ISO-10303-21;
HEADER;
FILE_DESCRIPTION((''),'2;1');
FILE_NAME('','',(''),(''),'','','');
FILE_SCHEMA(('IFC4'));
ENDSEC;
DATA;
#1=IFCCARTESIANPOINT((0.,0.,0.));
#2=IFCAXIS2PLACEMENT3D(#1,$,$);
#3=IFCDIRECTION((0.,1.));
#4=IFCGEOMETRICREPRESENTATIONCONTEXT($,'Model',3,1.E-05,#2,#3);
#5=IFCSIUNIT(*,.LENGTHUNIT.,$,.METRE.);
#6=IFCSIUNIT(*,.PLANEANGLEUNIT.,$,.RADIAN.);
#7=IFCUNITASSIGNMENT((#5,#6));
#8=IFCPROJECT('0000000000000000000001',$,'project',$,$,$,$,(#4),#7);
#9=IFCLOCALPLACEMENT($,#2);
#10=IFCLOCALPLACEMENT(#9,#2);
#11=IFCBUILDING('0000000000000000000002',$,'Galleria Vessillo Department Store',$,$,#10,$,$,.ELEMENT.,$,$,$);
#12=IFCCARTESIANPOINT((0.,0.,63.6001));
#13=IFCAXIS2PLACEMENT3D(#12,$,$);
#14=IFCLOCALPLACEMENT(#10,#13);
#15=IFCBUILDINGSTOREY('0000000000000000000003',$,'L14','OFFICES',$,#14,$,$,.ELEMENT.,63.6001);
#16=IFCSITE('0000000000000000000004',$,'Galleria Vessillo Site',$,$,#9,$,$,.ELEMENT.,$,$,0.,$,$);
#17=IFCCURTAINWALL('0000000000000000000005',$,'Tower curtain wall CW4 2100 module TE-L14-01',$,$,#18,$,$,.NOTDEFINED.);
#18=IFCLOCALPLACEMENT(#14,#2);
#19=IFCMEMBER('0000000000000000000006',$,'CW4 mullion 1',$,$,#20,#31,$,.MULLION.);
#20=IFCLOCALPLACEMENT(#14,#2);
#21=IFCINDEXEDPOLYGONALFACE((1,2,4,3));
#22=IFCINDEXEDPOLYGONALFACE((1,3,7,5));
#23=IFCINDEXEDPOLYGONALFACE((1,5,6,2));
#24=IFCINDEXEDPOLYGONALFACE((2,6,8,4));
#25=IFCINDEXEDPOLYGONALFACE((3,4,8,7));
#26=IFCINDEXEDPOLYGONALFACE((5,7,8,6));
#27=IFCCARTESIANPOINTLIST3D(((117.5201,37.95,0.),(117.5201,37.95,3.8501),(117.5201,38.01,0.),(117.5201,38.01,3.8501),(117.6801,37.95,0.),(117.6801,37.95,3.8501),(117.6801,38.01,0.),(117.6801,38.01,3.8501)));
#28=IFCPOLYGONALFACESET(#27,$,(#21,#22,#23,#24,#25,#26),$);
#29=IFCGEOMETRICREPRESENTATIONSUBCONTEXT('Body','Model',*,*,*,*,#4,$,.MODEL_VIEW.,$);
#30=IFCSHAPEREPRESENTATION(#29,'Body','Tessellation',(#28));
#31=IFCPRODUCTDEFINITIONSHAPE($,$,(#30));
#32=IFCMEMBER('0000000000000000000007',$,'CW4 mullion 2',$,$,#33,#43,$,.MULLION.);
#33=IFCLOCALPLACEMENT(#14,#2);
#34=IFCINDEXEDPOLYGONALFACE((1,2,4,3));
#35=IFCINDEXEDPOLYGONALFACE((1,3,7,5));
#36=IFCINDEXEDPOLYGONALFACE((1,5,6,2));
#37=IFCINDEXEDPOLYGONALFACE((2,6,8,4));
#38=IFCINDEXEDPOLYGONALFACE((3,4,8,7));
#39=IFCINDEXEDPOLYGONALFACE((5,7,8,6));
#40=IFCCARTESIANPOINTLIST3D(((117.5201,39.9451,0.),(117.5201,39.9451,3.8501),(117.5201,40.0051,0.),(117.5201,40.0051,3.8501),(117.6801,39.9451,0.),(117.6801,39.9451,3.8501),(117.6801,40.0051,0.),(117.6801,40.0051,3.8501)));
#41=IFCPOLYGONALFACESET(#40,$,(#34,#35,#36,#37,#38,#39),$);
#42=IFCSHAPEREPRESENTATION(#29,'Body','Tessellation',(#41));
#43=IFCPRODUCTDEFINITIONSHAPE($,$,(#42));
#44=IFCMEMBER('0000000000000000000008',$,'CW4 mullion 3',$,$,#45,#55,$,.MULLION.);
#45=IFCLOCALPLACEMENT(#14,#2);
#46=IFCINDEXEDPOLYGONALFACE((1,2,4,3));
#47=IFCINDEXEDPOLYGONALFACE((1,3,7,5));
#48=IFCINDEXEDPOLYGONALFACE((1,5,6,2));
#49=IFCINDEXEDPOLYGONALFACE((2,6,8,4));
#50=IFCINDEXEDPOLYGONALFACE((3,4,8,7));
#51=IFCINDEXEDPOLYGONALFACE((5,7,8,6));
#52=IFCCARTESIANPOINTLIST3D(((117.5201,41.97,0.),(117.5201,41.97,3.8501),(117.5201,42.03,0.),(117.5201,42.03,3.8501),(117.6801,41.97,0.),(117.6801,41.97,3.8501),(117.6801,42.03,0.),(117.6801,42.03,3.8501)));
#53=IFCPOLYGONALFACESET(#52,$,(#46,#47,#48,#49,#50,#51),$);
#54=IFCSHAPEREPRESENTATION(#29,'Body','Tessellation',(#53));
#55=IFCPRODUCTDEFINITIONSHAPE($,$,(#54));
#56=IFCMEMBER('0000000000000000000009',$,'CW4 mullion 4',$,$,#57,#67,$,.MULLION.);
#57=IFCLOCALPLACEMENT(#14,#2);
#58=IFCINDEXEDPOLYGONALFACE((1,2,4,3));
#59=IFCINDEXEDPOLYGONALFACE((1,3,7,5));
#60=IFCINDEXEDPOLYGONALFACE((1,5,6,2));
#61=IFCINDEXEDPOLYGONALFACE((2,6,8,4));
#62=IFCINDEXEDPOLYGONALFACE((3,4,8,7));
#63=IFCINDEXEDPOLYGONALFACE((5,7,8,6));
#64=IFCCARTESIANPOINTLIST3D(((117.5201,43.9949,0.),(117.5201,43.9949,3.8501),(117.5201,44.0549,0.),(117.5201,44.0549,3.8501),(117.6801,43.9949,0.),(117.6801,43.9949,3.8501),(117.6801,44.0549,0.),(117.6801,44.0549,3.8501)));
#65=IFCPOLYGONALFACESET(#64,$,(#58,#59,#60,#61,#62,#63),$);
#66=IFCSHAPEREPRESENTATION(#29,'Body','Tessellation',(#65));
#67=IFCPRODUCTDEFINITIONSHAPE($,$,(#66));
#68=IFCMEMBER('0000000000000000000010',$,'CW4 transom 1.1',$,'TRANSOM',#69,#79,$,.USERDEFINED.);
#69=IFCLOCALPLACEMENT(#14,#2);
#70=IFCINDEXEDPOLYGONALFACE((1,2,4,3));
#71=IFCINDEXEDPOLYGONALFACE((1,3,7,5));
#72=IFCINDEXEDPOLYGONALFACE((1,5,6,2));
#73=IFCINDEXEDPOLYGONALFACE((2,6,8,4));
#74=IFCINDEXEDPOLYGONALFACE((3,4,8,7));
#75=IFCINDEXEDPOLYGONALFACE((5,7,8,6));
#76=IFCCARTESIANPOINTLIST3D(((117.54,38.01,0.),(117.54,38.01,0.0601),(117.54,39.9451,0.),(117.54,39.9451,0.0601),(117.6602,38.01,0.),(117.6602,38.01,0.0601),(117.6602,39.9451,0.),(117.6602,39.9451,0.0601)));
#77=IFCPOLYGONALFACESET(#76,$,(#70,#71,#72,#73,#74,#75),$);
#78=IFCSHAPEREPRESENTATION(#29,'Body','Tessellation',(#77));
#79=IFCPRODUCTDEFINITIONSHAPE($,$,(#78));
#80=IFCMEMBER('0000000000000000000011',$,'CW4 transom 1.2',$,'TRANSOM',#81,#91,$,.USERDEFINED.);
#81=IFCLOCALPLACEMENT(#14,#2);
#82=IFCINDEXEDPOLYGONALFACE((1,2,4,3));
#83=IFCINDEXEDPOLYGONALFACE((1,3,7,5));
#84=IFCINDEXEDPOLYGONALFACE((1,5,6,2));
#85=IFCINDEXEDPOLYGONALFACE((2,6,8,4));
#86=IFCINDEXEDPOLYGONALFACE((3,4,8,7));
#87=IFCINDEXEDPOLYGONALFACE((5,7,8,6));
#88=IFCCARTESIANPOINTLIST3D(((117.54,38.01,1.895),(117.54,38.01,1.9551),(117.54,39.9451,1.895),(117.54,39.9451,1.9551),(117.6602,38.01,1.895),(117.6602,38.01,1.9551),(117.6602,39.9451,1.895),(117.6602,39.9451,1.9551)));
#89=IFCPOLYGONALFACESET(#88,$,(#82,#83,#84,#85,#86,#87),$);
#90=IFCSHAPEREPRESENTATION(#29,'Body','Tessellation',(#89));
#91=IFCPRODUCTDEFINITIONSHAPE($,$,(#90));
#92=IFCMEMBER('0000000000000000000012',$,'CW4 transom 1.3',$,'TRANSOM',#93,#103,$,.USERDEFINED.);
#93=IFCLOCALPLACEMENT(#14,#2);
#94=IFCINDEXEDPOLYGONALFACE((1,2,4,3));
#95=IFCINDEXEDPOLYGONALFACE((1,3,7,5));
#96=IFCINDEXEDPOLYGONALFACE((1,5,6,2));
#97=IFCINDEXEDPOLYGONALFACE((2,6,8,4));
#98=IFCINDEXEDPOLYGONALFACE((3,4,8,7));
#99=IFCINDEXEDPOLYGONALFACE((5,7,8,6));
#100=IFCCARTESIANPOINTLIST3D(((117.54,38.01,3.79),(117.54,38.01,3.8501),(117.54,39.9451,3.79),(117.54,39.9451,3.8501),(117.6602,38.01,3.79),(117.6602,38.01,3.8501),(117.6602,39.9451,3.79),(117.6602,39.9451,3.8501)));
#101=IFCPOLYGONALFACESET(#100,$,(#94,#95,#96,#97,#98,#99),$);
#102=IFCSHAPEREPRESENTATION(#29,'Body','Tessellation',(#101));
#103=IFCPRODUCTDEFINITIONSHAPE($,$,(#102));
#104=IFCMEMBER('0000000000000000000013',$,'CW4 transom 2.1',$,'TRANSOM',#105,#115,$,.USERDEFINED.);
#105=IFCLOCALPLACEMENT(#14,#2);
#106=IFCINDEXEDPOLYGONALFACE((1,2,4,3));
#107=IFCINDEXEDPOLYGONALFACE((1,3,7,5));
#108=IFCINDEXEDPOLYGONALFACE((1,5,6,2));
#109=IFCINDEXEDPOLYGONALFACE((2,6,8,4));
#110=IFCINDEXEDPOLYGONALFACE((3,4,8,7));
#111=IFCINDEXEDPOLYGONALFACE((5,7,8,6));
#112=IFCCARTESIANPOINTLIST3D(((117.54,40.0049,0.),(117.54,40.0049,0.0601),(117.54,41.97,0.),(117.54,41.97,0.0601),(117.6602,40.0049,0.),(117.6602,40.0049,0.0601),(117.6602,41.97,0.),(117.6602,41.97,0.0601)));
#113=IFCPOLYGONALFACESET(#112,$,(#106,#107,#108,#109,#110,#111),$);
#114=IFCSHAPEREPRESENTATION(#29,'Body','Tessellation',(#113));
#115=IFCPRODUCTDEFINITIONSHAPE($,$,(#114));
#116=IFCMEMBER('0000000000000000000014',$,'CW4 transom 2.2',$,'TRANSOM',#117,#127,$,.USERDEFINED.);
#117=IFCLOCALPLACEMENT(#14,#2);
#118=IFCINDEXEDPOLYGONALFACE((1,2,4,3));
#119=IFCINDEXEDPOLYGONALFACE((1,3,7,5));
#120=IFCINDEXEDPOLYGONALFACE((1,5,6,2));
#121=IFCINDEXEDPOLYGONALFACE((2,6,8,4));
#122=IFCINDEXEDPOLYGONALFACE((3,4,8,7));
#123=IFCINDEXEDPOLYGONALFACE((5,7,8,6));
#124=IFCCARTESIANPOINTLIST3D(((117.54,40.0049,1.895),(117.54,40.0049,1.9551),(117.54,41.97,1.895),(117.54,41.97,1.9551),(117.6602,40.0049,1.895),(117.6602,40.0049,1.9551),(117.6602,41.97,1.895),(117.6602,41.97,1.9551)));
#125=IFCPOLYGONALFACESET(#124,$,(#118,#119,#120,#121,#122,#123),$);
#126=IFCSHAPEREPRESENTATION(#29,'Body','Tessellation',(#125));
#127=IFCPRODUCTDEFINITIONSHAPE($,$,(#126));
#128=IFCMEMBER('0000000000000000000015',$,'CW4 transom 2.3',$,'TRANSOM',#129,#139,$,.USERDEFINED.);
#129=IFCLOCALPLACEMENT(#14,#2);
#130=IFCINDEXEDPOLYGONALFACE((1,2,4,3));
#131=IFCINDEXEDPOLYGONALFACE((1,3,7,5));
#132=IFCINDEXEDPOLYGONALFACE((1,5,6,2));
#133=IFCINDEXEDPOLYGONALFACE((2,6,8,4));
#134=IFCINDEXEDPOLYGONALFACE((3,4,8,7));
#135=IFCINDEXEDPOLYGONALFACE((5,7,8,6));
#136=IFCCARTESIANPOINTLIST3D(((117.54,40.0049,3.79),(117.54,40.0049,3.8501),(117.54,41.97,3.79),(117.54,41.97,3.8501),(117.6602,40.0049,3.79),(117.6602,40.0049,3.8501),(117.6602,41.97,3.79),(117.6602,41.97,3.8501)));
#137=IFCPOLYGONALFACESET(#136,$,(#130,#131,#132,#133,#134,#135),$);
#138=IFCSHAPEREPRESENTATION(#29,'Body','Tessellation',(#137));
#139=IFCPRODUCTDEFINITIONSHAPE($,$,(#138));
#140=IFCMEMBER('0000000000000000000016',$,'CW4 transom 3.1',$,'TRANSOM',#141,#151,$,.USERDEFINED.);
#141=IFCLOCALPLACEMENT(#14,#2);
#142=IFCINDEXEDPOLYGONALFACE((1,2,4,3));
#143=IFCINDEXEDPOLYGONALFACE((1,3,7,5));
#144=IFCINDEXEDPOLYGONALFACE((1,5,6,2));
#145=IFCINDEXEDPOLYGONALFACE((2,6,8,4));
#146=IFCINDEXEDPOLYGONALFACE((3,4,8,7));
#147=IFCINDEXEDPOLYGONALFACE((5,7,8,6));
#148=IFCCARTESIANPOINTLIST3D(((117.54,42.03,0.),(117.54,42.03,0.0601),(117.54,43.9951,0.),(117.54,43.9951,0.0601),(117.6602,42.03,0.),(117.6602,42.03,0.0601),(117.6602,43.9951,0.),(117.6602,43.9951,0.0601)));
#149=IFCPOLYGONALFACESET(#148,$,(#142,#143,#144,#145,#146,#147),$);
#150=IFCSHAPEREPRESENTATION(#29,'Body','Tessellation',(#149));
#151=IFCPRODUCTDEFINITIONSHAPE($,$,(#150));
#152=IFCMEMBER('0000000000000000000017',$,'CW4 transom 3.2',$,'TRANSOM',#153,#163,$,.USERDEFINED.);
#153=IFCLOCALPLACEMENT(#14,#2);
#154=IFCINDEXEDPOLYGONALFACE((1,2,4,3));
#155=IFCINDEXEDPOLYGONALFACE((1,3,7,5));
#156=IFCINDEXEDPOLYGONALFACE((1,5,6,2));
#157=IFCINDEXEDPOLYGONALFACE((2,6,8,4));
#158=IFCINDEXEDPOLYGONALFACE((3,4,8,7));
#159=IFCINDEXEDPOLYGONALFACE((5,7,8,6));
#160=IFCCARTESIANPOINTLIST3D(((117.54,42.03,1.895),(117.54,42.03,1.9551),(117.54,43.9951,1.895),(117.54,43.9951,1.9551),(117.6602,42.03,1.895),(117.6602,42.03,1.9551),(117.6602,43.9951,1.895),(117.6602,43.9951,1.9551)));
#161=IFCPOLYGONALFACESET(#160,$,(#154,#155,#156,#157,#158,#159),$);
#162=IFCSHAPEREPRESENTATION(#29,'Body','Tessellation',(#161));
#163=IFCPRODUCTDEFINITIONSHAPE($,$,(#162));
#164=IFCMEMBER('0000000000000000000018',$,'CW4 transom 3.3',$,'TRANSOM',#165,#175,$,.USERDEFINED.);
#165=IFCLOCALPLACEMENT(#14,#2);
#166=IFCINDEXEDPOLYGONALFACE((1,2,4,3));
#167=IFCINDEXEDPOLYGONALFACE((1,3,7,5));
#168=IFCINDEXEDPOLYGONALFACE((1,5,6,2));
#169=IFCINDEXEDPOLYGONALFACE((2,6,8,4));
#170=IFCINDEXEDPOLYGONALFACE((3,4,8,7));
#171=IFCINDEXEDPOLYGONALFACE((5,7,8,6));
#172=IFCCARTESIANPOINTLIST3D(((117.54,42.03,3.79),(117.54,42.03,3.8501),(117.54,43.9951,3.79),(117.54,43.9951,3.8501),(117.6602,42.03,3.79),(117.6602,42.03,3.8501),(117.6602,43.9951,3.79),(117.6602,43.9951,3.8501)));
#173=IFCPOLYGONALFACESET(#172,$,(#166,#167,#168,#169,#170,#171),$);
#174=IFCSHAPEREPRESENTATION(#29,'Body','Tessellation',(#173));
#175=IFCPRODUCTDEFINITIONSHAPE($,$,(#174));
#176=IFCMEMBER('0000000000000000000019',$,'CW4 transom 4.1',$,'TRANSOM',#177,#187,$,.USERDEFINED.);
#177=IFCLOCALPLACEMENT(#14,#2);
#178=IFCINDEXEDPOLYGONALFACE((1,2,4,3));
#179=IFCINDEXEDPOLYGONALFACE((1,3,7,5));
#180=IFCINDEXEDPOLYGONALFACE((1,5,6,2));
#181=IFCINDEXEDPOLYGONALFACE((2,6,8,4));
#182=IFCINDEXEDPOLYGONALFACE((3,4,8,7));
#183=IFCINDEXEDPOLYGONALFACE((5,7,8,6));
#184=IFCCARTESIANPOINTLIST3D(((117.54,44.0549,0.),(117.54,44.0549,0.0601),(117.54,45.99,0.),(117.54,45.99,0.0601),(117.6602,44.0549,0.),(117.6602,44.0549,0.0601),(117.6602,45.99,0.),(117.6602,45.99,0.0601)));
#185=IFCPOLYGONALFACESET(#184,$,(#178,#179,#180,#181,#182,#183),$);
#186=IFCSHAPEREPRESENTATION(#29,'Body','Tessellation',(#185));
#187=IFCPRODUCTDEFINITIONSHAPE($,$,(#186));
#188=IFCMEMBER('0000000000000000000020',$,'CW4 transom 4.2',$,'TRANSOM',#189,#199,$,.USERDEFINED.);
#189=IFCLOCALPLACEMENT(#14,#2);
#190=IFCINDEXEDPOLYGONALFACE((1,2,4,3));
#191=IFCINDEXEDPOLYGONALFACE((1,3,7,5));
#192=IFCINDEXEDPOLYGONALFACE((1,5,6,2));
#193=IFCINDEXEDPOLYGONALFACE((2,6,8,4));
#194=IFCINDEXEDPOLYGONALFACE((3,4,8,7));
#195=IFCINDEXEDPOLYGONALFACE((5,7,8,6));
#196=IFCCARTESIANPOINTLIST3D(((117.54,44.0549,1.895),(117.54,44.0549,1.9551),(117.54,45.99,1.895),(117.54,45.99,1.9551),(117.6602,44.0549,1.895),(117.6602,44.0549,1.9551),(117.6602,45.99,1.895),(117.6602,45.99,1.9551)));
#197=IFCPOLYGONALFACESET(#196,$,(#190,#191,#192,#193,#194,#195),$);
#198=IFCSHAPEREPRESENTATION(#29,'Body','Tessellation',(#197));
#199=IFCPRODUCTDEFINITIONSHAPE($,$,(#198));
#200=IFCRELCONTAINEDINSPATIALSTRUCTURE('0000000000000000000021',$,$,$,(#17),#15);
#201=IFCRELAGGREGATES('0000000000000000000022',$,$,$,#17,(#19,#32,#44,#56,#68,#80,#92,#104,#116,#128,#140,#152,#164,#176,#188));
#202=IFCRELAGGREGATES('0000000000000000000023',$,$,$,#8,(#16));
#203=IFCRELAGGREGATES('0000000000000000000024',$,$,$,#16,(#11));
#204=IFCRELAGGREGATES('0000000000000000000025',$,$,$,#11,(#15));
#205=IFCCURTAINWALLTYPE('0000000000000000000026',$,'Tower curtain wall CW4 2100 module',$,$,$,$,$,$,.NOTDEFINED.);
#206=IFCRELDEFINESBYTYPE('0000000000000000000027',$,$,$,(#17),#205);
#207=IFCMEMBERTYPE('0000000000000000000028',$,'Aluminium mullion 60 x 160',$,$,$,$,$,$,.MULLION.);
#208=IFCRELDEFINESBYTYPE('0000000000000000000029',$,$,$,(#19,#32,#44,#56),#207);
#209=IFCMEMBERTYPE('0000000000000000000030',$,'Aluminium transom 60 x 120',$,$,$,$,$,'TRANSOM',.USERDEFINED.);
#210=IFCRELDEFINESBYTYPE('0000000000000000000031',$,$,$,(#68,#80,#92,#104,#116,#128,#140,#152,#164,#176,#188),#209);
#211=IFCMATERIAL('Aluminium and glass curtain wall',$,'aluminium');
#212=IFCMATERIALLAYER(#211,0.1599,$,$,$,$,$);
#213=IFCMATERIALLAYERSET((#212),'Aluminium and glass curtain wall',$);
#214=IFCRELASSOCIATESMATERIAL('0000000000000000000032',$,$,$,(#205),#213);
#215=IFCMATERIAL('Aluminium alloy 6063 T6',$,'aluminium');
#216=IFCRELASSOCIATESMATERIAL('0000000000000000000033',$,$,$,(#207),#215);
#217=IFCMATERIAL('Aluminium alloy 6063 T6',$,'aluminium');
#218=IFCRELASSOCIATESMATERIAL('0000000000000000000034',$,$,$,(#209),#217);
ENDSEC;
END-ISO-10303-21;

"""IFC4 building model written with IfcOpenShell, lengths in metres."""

from ifc_helpers import new_model, si_unit, direction, frame, origin, origin_2d, place, context, subcontext, project, spatial, rectangle, extrude, material, layer, layer_set, material_profile, profile_set, type_object, element, aggregate, save


model = new_model("IFC4")

# Units and contexts
model_context = context("Model", 3, precision=1e-05, world=origin(), true_north=direction((0.0, 1.0)))
body_context = subcontext(model_context, "Body", "Model", "MODEL_VIEW")
ifc_project = project(units=[si_unit("LENGTHUNIT", "METRE"), si_unit("PLANEANGLEUNIT", "RADIAN")], contexts=[model_context])

# Site, building, storey
site_placement = place(None, origin())
site = spatial("IfcSite", under=ifc_project, at=site_placement, Name="Galleria Vessillo Site", CompositionType="ELEMENT", RefElevation=0.0)
building_placement = place(site_placement, origin())
building = spatial("IfcBuilding", under=site, at=building_placement, Name="Galleria Vessillo Department Store", CompositionType="ELEMENT")
storey_placement = place(building_placement, frame((0.0, 0.0, 63.6001)))
storey = spatial("IfcBuildingStorey", under=building, at=storey_placement, Name="L14", Description="OFFICES", CompositionType="ELEMENT", Elevation=63.6001)

# Curtain wall, members
ifc_material_1 = material(Name="Aluminium and glass curtain wall", Category="aluminium")
ifc_layer_1 = layer(ifc_material_1, 0.1599)
ifc_layer_set_1 = layer_set([ifc_layer_1], Name="Aluminium and glass curtain wall")
curtain_wall_type = type_object("IfcCurtainWallType", Name="Tower curtain wall CW4 2100 module", PredefinedType="NOTDEFINED", material=ifc_layer_set_1)
curtain_wall_placement = place(storey_placement, origin())
curtain_wall = element("IfcCurtainWall", 1, at=curtain_wall_placement, inside=storey, type_object=curtain_wall_type, Name="Tower curtain wall CW4 2100 module TE-L14-01", PredefinedType="NOTDEFINED")
ifc_material_2 = material(Name="Aluminium alloy 6063 T6", Category="aluminium")
ifc_material_profile_1 = material_profile(ifc_material_2, rectangle(XDim=0.1599, YDim=0.0601, at=origin_2d()), Name="AL 60x160")
ifc_profile_set_1 = profile_set([ifc_material_profile_1], Name="Aluminium alloy 6063 T6")
member_type_1 = type_object("IfcMemberType", Name="Aluminium mullion 60 x 160", PredefinedType="MULLION", material=ifc_profile_set_1)
member_1_placement = place(storey_placement, frame((117.6001, 37.98, 0.0), z_axis=(0.0, 0.0, 1.0), x_axis=(-1.0, 0.0, 0.0)))
member_1 = element("IfcMember", 2, at=member_1_placement, type_object=member_type_1, Name="CW4 mullion 1", PredefinedType="MULLION", context=body_context, shape_type="SweptSolid", body=[
    extrude(rectangle(XDim=0.1599, YDim=0.0601, at=origin_2d()), origin(), (0.0, 0.0, 1.0), 3.8501),
])
member_2_placement = place(storey_placement, frame((117.6001, 39.9751, 0.0), z_axis=(0.0, 0.0, 1.0), x_axis=(-1.0, 0.0, 0.0)))
member_2 = element("IfcMember", 3, at=member_2_placement, type_object=member_type_1, Name="CW4 mullion 2", PredefinedType="MULLION", context=body_context, shape_type="SweptSolid", body=[
    extrude(rectangle(XDim=0.1599, YDim=0.0601, at=origin_2d()), origin(), (0.0, 0.0, 1.0), 3.8501),
])
member_3_placement = place(storey_placement, frame((117.6001, 42.0, 0.0), z_axis=(0.0, 0.0, 1.0), x_axis=(-1.0, 0.0, 0.0)))
member_3 = element("IfcMember", 4, at=member_3_placement, type_object=member_type_1, Name="CW4 mullion 3", PredefinedType="MULLION", context=body_context, shape_type="SweptSolid", body=[
    extrude(rectangle(XDim=0.1599, YDim=0.0601, at=origin_2d()), origin(), (0.0, 0.0, 1.0), 3.8501),
])
member_4_placement = place(storey_placement, frame((117.6001, 44.0249, 0.0), z_axis=(0.0, 0.0, 1.0), x_axis=(-1.0, 0.0, 0.0)))
member_4 = element("IfcMember", 5, at=member_4_placement, type_object=member_type_1, Name="CW4 mullion 4", PredefinedType="MULLION", context=body_context, shape_type="SweptSolid", body=[
    extrude(rectangle(XDim=0.1599, YDim=0.0601, at=origin_2d()), origin(), (0.0, 0.0, 1.0), 3.8501),
])
ifc_material_3 = material(Name="Aluminium alloy 6063 T6", Category="aluminium")
ifc_material_profile_2 = material_profile(ifc_material_3, rectangle(XDim=0.1201, YDim=0.0601, at=origin_2d()), Name="AL 60x120")
ifc_profile_set_2 = profile_set([ifc_material_profile_2], Name="Aluminium alloy 6063 T6")
member_type_2 = type_object("IfcMemberType", Name="Aluminium transom 60 x 120", ElementType="TRANSOM", PredefinedType="USERDEFINED", material=ifc_profile_set_2)
member_5_placement = place(storey_placement, frame((117.6001, 38.01, 0.03), z_axis=(0.0, 1.0, 0.0), x_axis=(-1.0, 0.0, 0.0)))
member_5 = element("IfcMember", 6, at=member_5_placement, type_object=member_type_2, Name="CW4 transom 1.1", ObjectType="TRANSOM", PredefinedType="USERDEFINED", context=body_context, shape_type="SweptSolid", body=[
    extrude(rectangle(XDim=0.1201, YDim=0.0601, at=origin_2d()), origin(), (0.0, 0.0, 1.0), 1.9351),
])
member_6_placement = place(storey_placement, frame((117.6001, 38.01, 1.925), z_axis=(0.0, 1.0, 0.0), x_axis=(-1.0, 0.0, 0.0)))
member_6 = element("IfcMember", 7, at=member_6_placement, type_object=member_type_2, Name="CW4 transom 1.2", ObjectType="TRANSOM", PredefinedType="USERDEFINED", context=body_context, shape_type="SweptSolid", body=[
    extrude(rectangle(XDim=0.1201, YDim=0.0601, at=origin_2d()), origin(), (0.0, 0.0, 1.0), 1.9351),
])
member_7_placement = place(storey_placement, frame((117.6001, 38.01, 3.8201), z_axis=(0.0, 1.0, 0.0), x_axis=(-1.0, 0.0, 0.0)))
member_7 = element("IfcMember", 8, at=member_7_placement, type_object=member_type_2, Name="CW4 transom 1.3", ObjectType="TRANSOM", PredefinedType="USERDEFINED", context=body_context, shape_type="SweptSolid", body=[
    extrude(rectangle(XDim=0.1201, YDim=0.0601, at=origin_2d()), origin(), (0.0, 0.0, 1.0), 1.9351),
])
member_8_placement = place(storey_placement, frame((117.6001, 40.0049, 0.03), z_axis=(0.0, 1.0, 0.0), x_axis=(-1.0, 0.0, 0.0)))
member_8 = element("IfcMember", 9, at=member_8_placement, type_object=member_type_2, Name="CW4 transom 2.1", ObjectType="TRANSOM", PredefinedType="USERDEFINED", context=body_context, shape_type="SweptSolid", body=[
    extrude(rectangle(XDim=0.1201, YDim=0.0601, at=origin_2d()), origin(), (0.0, 0.0, 1.0), 1.9651),
])
member_9_placement = place(storey_placement, frame((117.6001, 40.0049, 1.925), z_axis=(0.0, 1.0, 0.0), x_axis=(-1.0, 0.0, 0.0)))
member_9 = element("IfcMember", 10, at=member_9_placement, type_object=member_type_2, Name="CW4 transom 2.2", ObjectType="TRANSOM", PredefinedType="USERDEFINED", context=body_context, shape_type="SweptSolid", body=[
    extrude(rectangle(XDim=0.1201, YDim=0.0601, at=origin_2d()), origin(), (0.0, 0.0, 1.0), 1.9651),
])
member_10_placement = place(storey_placement, frame((117.6001, 40.0049, 3.8201), z_axis=(0.0, 1.0, 0.0), x_axis=(-1.0, 0.0, 0.0)))
member_10 = element("IfcMember", 11, at=member_10_placement, type_object=member_type_2, Name="CW4 transom 2.3", ObjectType="TRANSOM", PredefinedType="USERDEFINED", context=body_context, shape_type="SweptSolid", body=[
    extrude(rectangle(XDim=0.1201, YDim=0.0601, at=origin_2d()), origin(), (0.0, 0.0, 1.0), 1.9651),
])
member_11_placement = place(storey_placement, frame((117.6001, 42.03, 0.03), z_axis=(0.0, 1.0, 0.0), x_axis=(-1.0, 0.0, 0.0)))
member_11 = element("IfcMember", 12, at=member_11_placement, type_object=member_type_2, Name="CW4 transom 3.1", ObjectType="TRANSOM", PredefinedType="USERDEFINED", context=body_context, shape_type="SweptSolid", body=[
    extrude(rectangle(XDim=0.1201, YDim=0.0601, at=origin_2d()), origin(), (0.0, 0.0, 1.0), 1.9651),
])
member_12_placement = place(storey_placement, frame((117.6001, 42.03, 1.925), z_axis=(0.0, 1.0, 0.0), x_axis=(-1.0, 0.0, 0.0)))
member_12 = element("IfcMember", 13, at=member_12_placement, type_object=member_type_2, Name="CW4 transom 3.2", ObjectType="TRANSOM", PredefinedType="USERDEFINED", context=body_context, shape_type="SweptSolid", body=[
    extrude(rectangle(XDim=0.1201, YDim=0.0601, at=origin_2d()), origin(), (0.0, 0.0, 1.0), 1.9651),
])
member_13_placement = place(storey_placement, frame((117.6001, 42.03, 3.8201), z_axis=(0.0, 1.0, 0.0), x_axis=(-1.0, 0.0, 0.0)))
member_13 = element("IfcMember", 14, at=member_13_placement, type_object=member_type_2, Name="CW4 transom 3.3", ObjectType="TRANSOM", PredefinedType="USERDEFINED", context=body_context, shape_type="SweptSolid", body=[
    extrude(rectangle(XDim=0.1201, YDim=0.0601, at=origin_2d()), origin(), (0.0, 0.0, 1.0), 1.9651),
])
member_14_placement = place(storey_placement, frame((117.6001, 44.0549, 0.03), z_axis=(0.0, 1.0, 0.0), x_axis=(-1.0, 0.0, 0.0)))
member_14 = element("IfcMember", 15, at=member_14_placement, type_object=member_type_2, Name="CW4 transom 4.1", ObjectType="TRANSOM", PredefinedType="USERDEFINED", context=body_context, shape_type="SweptSolid", body=[
    extrude(rectangle(XDim=0.1201, YDim=0.0601, at=origin_2d()), origin(), (0.0, 0.0, 1.0), 1.9351),
])
member_15_placement = place(storey_placement, frame((117.6001, 44.0549, 1.925), z_axis=(0.0, 1.0, 0.0), x_axis=(-1.0, 0.0, 0.0)))
member_15 = element("IfcMember", 16, at=member_15_placement, type_object=member_type_2, Name="CW4 transom 4.2", ObjectType="TRANSOM", PredefinedType="USERDEFINED", context=body_context, shape_type="SweptSolid", body=[
    extrude(rectangle(XDim=0.1201, YDim=0.0601, at=origin_2d()), origin(), (0.0, 0.0, 1.0), 1.9351),
])
aggregate(curtain_wall, [member_1, member_2, member_3, member_4, member_5, member_6, member_7, member_8, member_9, member_10, member_11, member_12, member_13, member_14, member_15])

save(model, "model.ifc")
